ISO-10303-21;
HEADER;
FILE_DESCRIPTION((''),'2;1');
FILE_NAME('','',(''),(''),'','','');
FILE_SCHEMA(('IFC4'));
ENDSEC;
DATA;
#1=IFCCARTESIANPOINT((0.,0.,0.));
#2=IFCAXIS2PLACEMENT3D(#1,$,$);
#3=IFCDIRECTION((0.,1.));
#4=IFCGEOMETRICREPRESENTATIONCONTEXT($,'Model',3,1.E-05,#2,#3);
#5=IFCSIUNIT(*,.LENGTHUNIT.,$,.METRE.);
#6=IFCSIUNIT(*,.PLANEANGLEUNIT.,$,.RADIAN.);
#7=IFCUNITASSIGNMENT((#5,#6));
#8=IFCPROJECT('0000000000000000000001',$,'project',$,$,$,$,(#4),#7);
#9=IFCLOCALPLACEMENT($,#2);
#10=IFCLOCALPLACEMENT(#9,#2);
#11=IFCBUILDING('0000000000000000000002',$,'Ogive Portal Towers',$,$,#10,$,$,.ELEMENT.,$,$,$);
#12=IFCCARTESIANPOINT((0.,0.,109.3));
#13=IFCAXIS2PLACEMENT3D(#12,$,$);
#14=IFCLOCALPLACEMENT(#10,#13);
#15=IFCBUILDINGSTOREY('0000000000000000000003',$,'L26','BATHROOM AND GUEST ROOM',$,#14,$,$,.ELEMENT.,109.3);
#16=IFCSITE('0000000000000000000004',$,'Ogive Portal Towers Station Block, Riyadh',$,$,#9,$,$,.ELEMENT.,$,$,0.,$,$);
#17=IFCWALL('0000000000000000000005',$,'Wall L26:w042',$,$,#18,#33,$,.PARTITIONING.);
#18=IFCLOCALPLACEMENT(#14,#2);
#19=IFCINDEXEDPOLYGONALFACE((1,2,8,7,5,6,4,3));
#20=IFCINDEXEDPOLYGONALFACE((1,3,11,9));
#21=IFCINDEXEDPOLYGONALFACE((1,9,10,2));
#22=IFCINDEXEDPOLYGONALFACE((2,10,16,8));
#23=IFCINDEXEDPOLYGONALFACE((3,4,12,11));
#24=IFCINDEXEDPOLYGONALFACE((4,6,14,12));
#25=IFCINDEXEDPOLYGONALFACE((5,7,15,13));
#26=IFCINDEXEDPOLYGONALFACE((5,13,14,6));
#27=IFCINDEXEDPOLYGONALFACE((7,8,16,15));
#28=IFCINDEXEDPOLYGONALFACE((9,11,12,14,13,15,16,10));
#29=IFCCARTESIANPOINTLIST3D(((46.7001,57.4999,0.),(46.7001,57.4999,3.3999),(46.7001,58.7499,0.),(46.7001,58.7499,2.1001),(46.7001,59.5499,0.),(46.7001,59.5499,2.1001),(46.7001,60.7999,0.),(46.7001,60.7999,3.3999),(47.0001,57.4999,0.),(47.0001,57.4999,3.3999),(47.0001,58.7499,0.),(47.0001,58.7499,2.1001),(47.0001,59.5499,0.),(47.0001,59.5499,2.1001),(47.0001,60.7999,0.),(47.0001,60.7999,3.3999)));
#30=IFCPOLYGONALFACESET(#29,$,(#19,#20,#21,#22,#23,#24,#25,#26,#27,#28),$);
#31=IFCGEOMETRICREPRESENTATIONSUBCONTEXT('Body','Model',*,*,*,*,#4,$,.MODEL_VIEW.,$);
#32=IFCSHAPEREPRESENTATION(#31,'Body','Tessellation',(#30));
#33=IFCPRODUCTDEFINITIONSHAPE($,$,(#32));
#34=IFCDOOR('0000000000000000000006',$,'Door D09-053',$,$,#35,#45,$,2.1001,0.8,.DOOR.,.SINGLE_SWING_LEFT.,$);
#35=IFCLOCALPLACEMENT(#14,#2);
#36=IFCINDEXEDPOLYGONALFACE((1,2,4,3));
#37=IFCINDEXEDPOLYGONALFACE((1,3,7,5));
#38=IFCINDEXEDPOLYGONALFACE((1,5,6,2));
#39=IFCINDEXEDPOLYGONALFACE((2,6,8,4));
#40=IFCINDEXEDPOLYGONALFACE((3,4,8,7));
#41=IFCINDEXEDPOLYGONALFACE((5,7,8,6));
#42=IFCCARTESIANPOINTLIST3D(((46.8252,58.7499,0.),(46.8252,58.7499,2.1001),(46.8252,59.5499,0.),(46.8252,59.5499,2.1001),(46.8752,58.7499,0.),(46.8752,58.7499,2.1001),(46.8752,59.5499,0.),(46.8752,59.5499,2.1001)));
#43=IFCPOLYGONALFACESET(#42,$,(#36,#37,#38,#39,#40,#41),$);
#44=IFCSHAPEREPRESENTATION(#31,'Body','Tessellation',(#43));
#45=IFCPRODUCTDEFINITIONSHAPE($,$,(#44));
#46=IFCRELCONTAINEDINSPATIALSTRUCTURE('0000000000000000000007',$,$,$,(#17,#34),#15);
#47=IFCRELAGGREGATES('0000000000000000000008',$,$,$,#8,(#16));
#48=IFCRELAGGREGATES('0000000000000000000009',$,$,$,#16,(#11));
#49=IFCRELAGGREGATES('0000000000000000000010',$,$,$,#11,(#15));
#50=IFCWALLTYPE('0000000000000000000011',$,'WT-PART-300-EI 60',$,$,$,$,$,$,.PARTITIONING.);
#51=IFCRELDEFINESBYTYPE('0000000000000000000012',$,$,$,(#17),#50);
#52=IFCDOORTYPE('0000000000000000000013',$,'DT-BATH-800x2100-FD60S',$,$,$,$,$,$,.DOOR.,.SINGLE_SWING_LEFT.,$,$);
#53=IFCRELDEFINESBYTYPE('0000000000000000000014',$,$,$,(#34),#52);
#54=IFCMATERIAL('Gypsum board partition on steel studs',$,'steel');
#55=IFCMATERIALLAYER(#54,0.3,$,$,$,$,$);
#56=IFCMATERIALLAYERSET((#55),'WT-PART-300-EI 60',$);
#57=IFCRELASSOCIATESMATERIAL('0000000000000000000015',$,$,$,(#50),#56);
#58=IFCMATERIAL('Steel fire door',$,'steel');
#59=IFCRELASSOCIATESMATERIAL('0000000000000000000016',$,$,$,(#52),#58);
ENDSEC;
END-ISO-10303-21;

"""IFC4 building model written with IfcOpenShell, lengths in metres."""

from ifc_helpers import new_model, si_unit, direction, frame, frame_2d, origin, place, context, subcontext, project, spatial, rectangle, extrude, material, layer, layer_set, type_object, element, fill, save


model = new_model("IFC4")

# Units and contexts
model_context = context("Model", 3, precision=1e-05, world=origin(), true_north=direction((0.0, 1.0)))
body_context = subcontext(model_context, "Body", "Model", "MODEL_VIEW")
ifc_project = project(units=[si_unit("LENGTHUNIT", "METRE"), si_unit("PLANEANGLEUNIT", "RADIAN")], contexts=[model_context])

# Site, building, storey
site_placement = place(None, origin())
site = spatial("IfcSite", under=ifc_project, at=site_placement, Name="Ogive Portal Towers Station Block, Riyadh", CompositionType="ELEMENT", RefElevation=0.0)
building_placement = place(site_placement, origin())
building = spatial("IfcBuilding", under=site, at=building_placement, Name="Ogive Portal Towers", CompositionType="ELEMENT")
storey_placement = place(building_placement, frame((0.0, 0.0, 109.3)))
storey = spatial("IfcBuildingStorey", under=building, at=storey_placement, Name="L26", Description="BATHROOM AND GUEST ROOM", CompositionType="ELEMENT", Elevation=109.3)

# Shared definitions
ifc_material_1 = material(Name="Gypsum board partition on steel studs", Category="steel")
ifc_layer_1 = layer(ifc_material_1, 0.3)
ifc_layer_set_1 = layer_set([ifc_layer_1], Name="WT-PART-300-EI 60")
wall_type_1 = type_object("IfcWallType", Name="WT-PART-300-EI 60", PredefinedType="PARTITIONING", material=ifc_layer_set_1)

# Wall, opening, door
wall_1_placement = place(storey_placement, frame((46.8501, 57.5, 0.0), z_axis=(0.0, 0.0, 1.0), x_axis=(0.0, 1.0, 0.0)))
wall_1 = element("IfcWall", 1, at=wall_1_placement, inside=storey, type_object=wall_type_1, Name="Wall L26:w042", PredefinedType="PARTITIONING", context=body_context, shape_type="SweptSolid", body=[
    extrude(rectangle(XDim=3.3, YDim=0.3, at=frame_2d((1.6499, 0.0))), origin(), (0.0, 0.0, 1.0), 3.3999),
])
opening_1_placement = place(wall_1_placement, frame((1.25, 0.0, 0.0)))
opening_1 = element("IfcOpeningElement", 2, at=opening_1_placement, cuts=wall_1, PredefinedType="OPENING", context=body_context, shape_type="SweptSolid", body=[
    extrude(rectangle(XDim=0.8, YDim=2.1001, at=frame_2d((0.3999, 1.05))), frame((0.0, 0.1602, 0.0), z_axis=(0.0, -1.0, 0.0), x_axis=(1.0, 0.0, 0.0)), (0.0, 0.0, 1.0), 0.3201),
])
ifc_material_2 = material(Name="Steel fire door", Category="steel")
door_type_1 = type_object("IfcDoorType", Name="DT-BATH-800x2100-FD60S", OperationType="SINGLE_SWING_LEFT", PredefinedType="DOOR", material=ifc_material_2)
door_1_placement = place(opening_1_placement, origin())
door_1 = element("IfcDoor", 3, at=door_1_placement, inside=storey, type_object=door_type_1, Name="Door D09-053", OperationType="SINGLE_SWING_LEFT", OverallHeight=2.1001, OverallWidth=0.8, PredefinedType="DOOR", context=body_context, shape_type="SweptSolid", body=[
    extrude(rectangle(XDim=0.8, YDim=2.1001, at=frame_2d((0.3999, 1.05))), frame((0.0, 0.0249, 0.0), z_axis=(0.0, -1.0, 0.0), x_axis=(1.0, 0.0, 0.0)), (0.0, 0.0, 1.0), 0.05),
])
fill(opening_1, door_1)

save(model, "model.ifc")
